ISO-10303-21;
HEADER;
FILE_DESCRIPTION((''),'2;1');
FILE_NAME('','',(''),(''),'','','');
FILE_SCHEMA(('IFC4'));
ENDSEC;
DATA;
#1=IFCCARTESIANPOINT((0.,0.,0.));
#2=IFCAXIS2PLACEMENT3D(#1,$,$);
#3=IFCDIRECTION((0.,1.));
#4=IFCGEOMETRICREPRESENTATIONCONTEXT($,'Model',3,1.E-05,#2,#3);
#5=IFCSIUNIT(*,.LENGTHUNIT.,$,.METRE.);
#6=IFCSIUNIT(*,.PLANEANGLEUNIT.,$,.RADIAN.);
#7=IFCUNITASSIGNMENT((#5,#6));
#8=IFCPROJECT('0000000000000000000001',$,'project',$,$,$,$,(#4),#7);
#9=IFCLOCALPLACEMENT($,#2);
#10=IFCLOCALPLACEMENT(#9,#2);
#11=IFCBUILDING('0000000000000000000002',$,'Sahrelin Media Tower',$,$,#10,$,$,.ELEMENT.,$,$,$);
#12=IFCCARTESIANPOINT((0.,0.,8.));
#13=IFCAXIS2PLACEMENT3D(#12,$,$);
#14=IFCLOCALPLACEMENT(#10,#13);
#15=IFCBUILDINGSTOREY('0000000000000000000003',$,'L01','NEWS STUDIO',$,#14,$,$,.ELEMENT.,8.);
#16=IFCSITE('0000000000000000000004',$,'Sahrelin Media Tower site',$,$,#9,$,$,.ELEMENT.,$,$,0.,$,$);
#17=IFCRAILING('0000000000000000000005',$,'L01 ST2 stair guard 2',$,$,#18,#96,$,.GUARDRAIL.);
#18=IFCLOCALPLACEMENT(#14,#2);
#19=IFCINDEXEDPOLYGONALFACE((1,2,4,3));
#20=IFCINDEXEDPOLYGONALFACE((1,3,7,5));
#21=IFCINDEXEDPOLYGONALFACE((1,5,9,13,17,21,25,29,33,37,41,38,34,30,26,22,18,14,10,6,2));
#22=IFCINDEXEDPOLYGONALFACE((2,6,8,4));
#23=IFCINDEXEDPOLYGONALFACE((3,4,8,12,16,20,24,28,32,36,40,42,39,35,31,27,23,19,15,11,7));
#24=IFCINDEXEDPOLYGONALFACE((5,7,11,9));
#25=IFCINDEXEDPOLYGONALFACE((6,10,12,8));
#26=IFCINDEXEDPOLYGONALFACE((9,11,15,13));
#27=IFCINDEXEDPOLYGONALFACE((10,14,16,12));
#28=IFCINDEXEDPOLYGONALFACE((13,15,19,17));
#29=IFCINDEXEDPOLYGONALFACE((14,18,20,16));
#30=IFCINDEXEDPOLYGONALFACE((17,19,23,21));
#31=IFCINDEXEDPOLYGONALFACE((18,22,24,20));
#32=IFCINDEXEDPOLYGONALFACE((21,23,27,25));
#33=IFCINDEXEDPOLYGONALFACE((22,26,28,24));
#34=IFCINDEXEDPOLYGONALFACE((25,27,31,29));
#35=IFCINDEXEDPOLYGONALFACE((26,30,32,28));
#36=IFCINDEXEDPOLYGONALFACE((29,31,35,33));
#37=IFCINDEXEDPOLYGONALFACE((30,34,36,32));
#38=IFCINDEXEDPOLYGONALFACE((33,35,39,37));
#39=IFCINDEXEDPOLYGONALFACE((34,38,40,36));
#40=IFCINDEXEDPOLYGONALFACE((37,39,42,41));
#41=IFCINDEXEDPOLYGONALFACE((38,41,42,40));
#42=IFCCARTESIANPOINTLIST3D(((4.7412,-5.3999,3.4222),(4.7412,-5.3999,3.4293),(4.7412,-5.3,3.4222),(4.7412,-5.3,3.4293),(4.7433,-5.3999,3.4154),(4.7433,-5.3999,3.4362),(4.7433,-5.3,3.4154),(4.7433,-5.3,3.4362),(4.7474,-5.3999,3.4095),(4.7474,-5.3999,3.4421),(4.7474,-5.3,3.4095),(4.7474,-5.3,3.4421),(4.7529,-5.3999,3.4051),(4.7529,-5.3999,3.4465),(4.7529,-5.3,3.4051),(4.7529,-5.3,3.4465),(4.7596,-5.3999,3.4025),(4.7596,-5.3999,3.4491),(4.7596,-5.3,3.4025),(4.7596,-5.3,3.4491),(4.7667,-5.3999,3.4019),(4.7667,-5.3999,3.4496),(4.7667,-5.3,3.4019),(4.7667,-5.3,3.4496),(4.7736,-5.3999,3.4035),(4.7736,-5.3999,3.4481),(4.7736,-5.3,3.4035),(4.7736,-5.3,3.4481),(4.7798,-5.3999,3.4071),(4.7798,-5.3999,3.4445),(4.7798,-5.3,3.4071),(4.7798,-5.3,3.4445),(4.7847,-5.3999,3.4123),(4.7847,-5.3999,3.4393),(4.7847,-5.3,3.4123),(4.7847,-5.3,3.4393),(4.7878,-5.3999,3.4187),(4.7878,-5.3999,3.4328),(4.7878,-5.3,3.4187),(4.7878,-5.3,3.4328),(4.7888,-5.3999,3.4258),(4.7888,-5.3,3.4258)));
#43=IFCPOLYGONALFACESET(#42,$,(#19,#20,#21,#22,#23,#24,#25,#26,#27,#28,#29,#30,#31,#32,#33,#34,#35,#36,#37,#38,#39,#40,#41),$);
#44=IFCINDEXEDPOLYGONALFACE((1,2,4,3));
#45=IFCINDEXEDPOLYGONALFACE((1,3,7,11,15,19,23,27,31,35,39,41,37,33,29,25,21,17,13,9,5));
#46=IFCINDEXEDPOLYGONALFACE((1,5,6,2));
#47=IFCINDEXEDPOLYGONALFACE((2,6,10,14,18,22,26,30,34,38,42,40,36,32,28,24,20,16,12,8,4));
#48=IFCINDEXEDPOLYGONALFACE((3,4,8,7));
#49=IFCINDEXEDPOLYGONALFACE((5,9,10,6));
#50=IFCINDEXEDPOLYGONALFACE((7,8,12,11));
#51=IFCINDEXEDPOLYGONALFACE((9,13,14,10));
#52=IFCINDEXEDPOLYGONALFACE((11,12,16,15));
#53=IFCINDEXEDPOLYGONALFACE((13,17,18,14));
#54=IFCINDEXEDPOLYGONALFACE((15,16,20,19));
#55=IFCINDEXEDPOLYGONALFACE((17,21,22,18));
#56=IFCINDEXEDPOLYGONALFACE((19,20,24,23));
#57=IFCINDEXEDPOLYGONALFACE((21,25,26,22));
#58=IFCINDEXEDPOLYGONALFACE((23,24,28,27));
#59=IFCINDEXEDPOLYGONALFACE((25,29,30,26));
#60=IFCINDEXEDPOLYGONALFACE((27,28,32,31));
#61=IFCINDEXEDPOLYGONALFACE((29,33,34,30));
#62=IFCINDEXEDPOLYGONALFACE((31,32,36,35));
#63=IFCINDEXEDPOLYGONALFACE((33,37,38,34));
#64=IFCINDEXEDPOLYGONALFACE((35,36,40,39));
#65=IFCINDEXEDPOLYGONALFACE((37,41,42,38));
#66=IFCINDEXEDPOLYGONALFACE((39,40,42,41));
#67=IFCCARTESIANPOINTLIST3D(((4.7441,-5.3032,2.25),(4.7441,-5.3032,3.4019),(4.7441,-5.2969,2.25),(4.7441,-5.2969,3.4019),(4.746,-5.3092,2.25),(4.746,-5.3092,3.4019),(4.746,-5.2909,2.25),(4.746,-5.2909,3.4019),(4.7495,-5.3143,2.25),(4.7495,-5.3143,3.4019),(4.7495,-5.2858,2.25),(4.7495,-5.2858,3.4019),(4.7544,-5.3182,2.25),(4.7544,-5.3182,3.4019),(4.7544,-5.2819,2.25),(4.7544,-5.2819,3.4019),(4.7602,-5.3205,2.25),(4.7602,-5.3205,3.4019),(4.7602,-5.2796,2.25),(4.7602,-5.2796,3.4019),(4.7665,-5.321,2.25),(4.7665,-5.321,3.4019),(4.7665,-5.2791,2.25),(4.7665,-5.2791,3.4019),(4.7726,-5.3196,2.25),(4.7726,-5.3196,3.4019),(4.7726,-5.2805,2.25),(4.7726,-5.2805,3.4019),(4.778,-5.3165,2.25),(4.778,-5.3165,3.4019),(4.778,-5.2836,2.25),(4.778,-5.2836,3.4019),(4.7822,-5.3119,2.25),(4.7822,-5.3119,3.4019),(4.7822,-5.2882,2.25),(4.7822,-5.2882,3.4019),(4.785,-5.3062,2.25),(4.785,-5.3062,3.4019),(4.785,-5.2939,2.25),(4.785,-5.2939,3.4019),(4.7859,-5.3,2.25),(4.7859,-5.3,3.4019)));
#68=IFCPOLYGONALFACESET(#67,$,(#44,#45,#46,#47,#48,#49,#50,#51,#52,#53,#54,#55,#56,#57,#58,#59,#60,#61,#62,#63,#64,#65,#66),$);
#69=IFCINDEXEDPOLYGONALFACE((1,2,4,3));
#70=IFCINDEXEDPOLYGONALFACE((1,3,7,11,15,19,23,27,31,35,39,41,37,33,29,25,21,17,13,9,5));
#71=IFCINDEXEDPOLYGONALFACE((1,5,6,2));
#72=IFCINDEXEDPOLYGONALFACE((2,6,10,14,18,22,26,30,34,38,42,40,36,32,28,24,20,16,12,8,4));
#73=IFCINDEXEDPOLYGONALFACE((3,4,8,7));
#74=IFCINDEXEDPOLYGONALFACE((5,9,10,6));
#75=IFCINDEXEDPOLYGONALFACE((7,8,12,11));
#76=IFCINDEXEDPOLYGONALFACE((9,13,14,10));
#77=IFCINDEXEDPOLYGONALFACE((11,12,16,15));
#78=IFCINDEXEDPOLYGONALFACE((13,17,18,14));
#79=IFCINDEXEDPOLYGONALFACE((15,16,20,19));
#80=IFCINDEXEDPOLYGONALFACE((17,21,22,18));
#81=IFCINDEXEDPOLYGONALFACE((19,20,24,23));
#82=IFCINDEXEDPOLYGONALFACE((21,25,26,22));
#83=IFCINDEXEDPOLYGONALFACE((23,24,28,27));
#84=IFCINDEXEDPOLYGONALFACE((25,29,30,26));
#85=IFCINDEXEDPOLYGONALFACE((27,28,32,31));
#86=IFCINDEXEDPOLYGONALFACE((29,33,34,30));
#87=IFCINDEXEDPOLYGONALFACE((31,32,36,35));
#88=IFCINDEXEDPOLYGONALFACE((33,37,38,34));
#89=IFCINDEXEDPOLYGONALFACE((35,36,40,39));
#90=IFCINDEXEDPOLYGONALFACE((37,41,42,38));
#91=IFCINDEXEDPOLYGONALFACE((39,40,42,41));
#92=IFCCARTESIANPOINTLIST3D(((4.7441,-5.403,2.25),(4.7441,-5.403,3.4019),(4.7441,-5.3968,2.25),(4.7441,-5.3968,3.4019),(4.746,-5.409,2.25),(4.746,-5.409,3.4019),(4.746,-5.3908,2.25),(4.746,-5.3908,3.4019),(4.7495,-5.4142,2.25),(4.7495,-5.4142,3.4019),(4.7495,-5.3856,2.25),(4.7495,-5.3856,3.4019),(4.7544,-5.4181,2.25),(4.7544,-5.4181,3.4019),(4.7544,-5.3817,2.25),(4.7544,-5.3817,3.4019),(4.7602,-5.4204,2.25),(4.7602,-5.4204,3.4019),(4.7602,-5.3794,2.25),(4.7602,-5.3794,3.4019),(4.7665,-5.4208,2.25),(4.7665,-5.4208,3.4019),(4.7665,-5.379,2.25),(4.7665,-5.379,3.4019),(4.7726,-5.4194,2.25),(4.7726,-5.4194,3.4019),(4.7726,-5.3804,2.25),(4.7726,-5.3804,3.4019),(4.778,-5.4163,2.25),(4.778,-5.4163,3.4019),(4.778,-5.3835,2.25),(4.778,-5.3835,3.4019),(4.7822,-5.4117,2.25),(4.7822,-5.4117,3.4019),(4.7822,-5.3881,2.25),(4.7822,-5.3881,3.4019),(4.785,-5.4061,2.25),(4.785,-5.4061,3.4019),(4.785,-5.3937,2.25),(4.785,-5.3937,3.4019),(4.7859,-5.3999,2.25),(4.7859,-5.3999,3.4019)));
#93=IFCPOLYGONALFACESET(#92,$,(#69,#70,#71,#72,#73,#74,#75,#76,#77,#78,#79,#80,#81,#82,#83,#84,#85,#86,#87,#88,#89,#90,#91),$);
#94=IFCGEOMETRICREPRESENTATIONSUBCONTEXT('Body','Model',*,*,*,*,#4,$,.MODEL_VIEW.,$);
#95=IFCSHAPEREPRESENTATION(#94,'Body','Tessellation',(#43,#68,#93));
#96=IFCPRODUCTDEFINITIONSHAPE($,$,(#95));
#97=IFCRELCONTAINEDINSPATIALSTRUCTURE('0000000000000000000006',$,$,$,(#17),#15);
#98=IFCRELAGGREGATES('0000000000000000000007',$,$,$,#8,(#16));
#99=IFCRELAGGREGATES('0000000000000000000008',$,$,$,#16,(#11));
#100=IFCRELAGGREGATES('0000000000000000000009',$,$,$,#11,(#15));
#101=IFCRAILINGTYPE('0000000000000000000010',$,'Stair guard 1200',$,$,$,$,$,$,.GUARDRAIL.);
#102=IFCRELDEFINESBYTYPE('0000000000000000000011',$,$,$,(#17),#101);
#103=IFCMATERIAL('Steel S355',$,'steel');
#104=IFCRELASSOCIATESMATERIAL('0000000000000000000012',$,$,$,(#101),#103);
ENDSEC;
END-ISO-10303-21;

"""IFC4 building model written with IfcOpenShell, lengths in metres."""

from ifc_helpers import new_model, si_unit, direction, frame, origin, origin_2d, place, context, subcontext, project, spatial, circle, extrude, material, type_object, element, save


model = new_model("IFC4")

# Units and contexts
model_context = context("Model", 3, precision=1e-05, world=origin(), true_north=direction((0.0, 1.0)))
body_context = subcontext(model_context, "Body", "Model", "MODEL_VIEW")
ifc_project = project(units=[si_unit("LENGTHUNIT", "METRE"), si_unit("PLANEANGLEUNIT", "RADIAN")], contexts=[model_context])

# Site, building, storey
site_placement = place(None, origin())
site = spatial("IfcSite", under=ifc_project, at=site_placement, Name="Sahrelin Media Tower site", CompositionType="ELEMENT", RefElevation=0.0)
building_placement = place(site_placement, origin())
building = spatial("IfcBuilding", under=site, at=building_placement, Name="Sahrelin Media Tower", CompositionType="ELEMENT")
storey_placement = place(building_placement, frame((0.0, 0.0, 8.0)))
storey = spatial("IfcBuildingStorey", under=building, at=storey_placement, Name="L01", Description="NEWS STUDIO", CompositionType="ELEMENT", Elevation=8.0)

# Railing
ifc_material_1 = material(Name="Steel S355", Category="steel")
railing_type_1 = type_object("IfcRailingType", Name="Stair guard 1200", PredefinedType="GUARDRAIL", material=ifc_material_1)
railing_1_placement = place(storey_placement, frame((4.7649, -5.3, 2.25)))
element("IfcRailing", 1, at=railing_1_placement, inside=storey, type_object=railing_type_1, Name="L01 ST2 stair guard 2", PredefinedType="GUARDRAIL", context=body_context, shape_type="SweptSolid", body=[
    extrude(circle(Radius=0.0239, at=origin_2d()), frame((0.0, 0.0, 1.1758), z_axis=(0.0, -1.0, 0.0), x_axis=(1.0, 0.0, 0.0)), (0.0, 0.0, 1.0), 0.0999),
    extrude(circle(Radius=0.021, at=origin_2d()), origin(), (0.0, 0.0, 1.0), 1.1519),
    extrude(circle(Radius=0.021, at=origin_2d()), frame((0.0, -0.0999, 0.0)), (0.0, 0.0, 1.0), 1.1519),
])

save(model, "model.ifc")
